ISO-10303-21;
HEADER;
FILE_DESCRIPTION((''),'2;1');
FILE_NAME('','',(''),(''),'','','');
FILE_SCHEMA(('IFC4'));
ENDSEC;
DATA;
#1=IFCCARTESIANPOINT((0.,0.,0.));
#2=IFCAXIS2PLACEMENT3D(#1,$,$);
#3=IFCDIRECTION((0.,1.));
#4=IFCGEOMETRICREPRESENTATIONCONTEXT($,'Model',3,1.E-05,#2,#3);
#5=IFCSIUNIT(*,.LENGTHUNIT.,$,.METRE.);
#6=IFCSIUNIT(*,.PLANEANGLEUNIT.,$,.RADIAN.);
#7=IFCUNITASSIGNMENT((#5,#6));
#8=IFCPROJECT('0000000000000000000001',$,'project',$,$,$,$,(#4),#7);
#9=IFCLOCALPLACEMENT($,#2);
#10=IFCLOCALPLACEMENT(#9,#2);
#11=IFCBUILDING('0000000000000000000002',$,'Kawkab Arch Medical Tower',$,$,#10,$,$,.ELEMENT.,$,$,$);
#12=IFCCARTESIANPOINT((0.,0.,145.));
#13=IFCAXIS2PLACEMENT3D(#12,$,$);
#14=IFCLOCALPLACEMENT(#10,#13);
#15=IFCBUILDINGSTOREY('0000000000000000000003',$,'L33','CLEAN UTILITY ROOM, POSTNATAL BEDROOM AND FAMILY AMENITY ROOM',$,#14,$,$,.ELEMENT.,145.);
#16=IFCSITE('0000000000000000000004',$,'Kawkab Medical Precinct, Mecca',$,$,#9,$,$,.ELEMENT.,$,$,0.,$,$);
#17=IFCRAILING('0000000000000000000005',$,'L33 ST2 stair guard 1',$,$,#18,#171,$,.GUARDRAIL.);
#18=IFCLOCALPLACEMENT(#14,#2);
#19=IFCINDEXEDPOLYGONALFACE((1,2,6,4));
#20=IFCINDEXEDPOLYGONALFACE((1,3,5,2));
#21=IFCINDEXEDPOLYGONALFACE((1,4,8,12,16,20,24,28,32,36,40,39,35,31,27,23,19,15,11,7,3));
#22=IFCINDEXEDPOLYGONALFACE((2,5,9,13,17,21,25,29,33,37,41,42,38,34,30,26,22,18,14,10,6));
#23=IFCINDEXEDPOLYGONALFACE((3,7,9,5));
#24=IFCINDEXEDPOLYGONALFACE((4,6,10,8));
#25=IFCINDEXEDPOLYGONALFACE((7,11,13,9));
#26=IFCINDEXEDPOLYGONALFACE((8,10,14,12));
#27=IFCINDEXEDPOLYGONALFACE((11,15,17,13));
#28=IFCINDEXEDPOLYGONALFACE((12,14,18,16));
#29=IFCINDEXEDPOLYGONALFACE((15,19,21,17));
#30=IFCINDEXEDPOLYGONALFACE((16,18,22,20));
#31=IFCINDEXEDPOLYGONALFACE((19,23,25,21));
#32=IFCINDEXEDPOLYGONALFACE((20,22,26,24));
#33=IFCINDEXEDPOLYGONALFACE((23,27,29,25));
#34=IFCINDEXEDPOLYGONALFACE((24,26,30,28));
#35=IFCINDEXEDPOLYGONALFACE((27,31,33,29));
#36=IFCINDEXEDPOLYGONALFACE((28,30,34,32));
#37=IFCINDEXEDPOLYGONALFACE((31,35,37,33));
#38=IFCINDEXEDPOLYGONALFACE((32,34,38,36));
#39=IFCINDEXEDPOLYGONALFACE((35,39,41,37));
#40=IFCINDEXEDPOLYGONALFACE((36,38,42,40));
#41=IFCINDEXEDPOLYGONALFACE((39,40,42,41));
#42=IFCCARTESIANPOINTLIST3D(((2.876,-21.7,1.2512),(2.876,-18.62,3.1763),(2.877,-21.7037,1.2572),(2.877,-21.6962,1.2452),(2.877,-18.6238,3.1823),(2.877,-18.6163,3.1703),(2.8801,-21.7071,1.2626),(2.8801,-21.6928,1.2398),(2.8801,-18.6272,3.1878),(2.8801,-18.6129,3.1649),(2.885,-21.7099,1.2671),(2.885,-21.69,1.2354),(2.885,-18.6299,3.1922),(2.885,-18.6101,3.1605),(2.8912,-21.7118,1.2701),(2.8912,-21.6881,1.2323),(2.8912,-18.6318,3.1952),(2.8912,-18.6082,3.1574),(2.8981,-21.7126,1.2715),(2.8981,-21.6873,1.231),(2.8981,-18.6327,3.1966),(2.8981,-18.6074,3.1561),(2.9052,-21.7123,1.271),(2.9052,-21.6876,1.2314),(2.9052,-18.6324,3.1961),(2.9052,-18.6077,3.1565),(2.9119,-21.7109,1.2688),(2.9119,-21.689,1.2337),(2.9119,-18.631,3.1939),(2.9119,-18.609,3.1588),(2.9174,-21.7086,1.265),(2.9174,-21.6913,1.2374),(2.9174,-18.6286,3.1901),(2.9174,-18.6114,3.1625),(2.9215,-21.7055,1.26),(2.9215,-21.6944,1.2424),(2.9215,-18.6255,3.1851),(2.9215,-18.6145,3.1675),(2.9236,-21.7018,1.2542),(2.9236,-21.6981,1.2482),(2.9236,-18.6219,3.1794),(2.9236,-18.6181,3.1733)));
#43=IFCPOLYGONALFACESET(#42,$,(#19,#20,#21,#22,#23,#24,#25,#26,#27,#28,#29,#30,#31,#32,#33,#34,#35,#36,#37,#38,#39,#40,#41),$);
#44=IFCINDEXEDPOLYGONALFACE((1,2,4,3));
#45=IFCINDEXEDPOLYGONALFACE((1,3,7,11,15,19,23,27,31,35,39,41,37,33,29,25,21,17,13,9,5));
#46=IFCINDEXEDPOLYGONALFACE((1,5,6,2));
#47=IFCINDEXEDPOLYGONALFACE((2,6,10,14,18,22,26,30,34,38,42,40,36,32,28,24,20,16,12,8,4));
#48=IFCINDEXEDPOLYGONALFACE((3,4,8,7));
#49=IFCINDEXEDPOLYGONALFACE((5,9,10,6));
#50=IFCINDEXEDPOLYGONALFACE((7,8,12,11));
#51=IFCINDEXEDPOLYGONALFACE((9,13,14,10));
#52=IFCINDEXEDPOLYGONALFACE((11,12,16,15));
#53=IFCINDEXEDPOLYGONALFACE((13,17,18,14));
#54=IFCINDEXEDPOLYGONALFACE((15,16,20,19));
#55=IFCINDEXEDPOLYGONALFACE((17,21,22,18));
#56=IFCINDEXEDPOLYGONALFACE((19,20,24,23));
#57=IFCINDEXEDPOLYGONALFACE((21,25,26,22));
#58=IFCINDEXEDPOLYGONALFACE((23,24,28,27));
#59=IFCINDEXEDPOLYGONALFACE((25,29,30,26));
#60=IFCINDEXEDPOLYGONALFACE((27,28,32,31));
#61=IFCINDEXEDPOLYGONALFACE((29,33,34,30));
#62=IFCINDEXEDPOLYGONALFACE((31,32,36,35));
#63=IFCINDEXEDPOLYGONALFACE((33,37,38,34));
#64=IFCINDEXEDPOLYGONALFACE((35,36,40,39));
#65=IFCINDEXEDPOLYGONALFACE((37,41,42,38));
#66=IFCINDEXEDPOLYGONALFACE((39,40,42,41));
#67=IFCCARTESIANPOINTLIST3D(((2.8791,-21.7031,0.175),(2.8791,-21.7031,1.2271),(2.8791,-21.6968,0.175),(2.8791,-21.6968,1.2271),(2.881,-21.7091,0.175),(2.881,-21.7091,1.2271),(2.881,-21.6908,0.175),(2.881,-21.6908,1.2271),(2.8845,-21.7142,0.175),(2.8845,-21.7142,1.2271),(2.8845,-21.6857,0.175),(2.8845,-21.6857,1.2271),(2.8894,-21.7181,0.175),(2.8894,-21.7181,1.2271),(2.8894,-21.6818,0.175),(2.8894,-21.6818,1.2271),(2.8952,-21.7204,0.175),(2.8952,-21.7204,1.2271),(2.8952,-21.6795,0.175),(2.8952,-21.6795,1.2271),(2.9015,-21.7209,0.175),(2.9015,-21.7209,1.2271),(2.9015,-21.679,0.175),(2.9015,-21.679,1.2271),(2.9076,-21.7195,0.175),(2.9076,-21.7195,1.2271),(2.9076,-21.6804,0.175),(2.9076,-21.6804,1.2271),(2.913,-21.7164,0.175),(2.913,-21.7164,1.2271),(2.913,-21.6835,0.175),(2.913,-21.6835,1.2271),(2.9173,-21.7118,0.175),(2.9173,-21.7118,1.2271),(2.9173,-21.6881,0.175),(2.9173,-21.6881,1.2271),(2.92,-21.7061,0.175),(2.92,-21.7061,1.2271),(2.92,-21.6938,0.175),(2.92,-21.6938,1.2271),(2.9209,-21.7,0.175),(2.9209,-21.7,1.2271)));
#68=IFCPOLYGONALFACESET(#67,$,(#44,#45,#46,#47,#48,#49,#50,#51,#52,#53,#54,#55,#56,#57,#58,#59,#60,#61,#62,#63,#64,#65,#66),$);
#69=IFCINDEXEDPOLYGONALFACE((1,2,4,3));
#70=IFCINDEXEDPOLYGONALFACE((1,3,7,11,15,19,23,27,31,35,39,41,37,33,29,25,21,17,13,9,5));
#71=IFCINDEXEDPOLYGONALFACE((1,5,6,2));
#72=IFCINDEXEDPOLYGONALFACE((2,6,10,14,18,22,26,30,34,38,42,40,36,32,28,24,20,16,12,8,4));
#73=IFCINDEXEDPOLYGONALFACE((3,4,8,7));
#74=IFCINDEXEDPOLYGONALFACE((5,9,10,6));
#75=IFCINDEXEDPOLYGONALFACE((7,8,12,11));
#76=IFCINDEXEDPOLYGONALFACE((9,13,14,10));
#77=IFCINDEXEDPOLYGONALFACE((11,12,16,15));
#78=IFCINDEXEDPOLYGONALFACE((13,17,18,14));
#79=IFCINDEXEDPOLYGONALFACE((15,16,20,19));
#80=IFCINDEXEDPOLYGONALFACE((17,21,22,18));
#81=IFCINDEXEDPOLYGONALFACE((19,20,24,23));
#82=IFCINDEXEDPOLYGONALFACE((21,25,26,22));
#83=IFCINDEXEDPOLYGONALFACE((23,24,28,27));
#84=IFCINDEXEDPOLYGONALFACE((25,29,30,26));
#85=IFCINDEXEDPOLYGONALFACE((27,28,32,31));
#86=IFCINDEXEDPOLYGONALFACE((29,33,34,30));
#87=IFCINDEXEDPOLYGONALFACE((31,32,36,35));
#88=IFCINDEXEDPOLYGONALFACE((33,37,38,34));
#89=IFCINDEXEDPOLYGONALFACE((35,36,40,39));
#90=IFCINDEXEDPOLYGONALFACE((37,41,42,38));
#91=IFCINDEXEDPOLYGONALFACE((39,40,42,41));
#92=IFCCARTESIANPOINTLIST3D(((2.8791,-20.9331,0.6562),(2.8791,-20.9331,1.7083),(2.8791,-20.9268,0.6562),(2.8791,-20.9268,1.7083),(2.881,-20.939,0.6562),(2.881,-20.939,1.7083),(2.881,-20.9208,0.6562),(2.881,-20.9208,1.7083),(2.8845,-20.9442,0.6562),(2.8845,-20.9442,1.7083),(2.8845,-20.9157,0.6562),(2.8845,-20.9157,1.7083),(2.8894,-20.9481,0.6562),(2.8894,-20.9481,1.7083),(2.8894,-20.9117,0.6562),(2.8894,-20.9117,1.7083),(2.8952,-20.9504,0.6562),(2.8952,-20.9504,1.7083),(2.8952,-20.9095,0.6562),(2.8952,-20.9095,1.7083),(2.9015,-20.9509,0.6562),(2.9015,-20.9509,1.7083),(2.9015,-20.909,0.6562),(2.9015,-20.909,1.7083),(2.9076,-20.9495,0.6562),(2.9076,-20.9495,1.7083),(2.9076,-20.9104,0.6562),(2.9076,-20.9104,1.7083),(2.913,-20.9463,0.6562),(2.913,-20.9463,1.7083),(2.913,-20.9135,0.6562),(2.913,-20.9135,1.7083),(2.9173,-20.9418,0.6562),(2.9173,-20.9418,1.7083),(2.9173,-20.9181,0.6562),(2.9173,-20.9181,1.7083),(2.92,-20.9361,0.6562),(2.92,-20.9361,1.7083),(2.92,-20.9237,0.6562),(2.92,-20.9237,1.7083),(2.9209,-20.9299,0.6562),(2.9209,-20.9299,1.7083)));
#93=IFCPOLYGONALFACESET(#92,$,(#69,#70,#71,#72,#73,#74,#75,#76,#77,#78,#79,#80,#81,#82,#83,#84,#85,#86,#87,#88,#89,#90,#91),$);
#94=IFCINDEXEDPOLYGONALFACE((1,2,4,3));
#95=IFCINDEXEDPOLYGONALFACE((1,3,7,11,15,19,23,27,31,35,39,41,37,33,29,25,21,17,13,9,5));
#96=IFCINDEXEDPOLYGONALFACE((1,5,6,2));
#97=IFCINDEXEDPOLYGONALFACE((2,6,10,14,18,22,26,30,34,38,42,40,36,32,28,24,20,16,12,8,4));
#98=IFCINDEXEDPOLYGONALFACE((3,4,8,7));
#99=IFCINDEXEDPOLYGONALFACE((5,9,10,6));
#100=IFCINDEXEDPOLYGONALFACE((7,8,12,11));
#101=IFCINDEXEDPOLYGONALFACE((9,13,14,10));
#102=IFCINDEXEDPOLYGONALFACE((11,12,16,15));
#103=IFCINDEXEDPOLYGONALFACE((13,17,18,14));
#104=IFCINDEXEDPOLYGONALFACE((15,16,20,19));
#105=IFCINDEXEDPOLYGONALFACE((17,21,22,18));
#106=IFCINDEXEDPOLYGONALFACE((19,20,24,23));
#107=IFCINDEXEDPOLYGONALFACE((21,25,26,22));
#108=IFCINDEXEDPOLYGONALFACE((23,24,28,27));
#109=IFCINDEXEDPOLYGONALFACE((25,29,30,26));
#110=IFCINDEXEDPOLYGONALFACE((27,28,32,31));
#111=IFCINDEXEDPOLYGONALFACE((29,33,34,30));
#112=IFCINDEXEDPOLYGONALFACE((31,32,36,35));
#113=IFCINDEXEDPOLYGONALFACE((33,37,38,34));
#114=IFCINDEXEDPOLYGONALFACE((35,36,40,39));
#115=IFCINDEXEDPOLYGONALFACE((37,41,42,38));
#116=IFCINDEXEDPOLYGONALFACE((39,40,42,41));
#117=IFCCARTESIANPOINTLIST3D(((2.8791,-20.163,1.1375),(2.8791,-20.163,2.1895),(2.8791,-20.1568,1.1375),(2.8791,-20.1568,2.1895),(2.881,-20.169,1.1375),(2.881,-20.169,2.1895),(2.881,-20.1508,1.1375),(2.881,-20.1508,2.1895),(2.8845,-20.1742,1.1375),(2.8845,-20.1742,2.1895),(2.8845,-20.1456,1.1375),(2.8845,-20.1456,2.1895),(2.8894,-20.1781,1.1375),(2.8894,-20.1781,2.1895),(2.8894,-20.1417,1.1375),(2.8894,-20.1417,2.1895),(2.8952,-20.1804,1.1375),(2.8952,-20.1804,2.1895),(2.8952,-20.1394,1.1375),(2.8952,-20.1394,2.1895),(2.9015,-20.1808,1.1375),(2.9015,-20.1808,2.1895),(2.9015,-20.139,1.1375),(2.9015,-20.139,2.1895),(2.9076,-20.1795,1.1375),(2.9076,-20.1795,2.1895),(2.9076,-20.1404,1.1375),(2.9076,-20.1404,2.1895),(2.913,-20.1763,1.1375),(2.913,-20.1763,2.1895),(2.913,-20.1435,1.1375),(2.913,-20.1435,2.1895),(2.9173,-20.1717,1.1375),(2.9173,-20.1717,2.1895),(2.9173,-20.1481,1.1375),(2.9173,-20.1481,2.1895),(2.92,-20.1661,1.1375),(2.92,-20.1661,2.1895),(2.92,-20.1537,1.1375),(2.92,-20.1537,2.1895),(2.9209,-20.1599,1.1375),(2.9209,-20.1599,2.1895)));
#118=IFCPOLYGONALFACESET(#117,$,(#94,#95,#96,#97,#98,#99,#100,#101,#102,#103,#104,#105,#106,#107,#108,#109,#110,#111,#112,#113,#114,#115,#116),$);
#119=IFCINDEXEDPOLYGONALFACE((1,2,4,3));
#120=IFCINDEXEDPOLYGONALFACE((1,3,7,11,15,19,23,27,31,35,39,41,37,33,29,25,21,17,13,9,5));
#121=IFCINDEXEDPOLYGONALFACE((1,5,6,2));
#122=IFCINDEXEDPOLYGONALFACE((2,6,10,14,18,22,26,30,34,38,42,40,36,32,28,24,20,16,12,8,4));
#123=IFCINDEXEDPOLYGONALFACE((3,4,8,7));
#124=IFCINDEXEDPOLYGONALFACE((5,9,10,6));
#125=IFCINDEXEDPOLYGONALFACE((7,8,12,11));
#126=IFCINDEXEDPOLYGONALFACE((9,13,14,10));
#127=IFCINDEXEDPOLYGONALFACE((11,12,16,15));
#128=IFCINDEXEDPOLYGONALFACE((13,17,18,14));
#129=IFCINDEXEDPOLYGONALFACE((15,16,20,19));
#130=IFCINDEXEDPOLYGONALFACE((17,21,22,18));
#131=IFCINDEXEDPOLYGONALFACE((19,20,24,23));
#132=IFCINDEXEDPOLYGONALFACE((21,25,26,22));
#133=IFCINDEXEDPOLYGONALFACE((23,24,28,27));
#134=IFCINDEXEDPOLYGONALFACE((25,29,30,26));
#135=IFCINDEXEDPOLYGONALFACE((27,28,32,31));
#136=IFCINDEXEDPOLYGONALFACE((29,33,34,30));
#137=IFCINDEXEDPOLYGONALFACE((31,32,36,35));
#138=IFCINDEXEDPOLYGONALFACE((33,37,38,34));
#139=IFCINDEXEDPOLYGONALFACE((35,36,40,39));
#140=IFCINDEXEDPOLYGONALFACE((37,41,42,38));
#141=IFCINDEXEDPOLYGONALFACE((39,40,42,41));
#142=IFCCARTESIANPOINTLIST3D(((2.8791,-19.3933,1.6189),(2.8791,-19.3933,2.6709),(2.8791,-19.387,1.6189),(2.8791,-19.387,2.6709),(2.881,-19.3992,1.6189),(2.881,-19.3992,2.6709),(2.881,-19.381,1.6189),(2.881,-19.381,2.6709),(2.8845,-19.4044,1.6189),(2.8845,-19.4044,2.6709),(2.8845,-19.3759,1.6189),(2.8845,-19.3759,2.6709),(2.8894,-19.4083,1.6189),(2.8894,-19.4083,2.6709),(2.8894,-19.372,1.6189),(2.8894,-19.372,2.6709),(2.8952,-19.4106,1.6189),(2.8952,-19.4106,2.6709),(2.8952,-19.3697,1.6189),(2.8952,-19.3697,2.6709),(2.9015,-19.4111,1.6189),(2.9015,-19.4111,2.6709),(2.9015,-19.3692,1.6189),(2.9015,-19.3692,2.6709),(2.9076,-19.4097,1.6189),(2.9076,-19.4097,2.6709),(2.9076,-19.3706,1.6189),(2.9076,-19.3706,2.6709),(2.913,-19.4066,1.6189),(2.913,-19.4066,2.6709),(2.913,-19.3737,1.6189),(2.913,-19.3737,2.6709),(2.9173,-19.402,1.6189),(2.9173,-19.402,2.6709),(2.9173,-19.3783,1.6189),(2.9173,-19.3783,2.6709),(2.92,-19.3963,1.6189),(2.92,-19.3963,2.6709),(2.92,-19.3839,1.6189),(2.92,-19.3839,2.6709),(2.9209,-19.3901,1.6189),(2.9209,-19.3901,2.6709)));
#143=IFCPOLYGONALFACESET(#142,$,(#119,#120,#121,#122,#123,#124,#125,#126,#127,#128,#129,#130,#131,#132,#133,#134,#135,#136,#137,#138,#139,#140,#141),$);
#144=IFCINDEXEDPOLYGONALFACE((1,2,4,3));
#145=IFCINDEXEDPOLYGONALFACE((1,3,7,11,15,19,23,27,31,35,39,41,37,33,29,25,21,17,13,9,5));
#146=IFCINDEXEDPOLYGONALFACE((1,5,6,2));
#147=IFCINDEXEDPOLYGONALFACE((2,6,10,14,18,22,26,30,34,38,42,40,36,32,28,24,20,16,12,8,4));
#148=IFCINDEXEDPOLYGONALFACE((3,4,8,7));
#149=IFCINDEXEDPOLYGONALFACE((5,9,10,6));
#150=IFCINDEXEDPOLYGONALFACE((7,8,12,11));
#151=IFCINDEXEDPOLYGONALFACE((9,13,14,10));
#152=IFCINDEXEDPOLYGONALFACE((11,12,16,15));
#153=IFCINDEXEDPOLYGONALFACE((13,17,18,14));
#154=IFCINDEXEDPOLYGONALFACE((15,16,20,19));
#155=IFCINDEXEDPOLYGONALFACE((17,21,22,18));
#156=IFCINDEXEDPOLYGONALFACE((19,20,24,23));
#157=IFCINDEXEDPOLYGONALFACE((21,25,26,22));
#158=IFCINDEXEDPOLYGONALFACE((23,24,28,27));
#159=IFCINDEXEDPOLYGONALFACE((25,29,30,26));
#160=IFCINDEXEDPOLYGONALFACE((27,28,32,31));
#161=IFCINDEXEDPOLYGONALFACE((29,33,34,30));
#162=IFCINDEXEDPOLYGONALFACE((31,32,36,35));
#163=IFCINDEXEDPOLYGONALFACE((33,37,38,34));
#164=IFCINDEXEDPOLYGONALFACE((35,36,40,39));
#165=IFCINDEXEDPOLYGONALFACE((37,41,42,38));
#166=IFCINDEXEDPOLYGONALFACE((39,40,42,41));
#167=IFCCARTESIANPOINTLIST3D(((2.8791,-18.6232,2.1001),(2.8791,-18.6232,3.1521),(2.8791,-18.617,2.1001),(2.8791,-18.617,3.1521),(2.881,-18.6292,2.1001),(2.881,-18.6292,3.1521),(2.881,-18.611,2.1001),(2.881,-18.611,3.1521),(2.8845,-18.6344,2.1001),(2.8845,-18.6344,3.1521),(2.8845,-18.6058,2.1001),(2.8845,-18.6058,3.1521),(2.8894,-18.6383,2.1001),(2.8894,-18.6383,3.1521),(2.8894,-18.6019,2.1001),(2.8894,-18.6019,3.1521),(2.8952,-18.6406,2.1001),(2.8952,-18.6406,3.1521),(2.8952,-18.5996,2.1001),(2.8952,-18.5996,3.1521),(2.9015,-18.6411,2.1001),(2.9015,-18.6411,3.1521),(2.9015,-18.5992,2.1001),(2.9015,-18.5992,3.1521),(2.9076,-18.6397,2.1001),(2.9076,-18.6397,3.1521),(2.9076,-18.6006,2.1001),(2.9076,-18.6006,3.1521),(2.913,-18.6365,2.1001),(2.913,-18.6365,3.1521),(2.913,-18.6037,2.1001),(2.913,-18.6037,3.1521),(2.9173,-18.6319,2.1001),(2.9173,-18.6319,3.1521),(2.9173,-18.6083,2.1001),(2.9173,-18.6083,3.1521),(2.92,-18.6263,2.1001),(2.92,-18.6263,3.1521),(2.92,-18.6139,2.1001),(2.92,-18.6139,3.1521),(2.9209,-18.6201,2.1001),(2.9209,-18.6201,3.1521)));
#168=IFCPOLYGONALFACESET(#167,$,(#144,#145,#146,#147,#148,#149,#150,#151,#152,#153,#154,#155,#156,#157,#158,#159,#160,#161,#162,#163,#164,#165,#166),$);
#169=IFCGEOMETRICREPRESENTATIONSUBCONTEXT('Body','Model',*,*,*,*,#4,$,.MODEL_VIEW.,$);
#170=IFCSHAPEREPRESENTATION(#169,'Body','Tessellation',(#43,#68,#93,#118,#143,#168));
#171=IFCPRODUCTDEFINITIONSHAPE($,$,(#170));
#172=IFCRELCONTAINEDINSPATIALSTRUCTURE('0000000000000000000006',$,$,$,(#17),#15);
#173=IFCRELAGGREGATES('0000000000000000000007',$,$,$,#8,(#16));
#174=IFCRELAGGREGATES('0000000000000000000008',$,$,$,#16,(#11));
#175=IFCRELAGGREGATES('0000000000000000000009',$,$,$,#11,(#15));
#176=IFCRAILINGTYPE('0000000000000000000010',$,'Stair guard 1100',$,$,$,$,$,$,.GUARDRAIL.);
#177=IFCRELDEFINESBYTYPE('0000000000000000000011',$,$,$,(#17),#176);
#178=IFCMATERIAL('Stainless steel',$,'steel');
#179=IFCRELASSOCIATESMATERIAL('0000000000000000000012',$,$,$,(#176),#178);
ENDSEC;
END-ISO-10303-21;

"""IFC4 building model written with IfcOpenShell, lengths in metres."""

from ifc_helpers import new_model, si_unit, direction, frame, origin, origin_2d, place, context, subcontext, project, spatial, circle, extrude, material, type_object, element, save


model = new_model("IFC4")

# Units and contexts
model_context = context("Model", 3, precision=1e-05, world=origin(), true_north=direction((0.0, 1.0)))
body_context = subcontext(model_context, "Body", "Model", "MODEL_VIEW")
ifc_project = project(units=[si_unit("LENGTHUNIT", "METRE"), si_unit("PLANEANGLEUNIT", "RADIAN")], contexts=[model_context])

# Site, building, storey
site_placement = place(None, origin())
site = spatial("IfcSite", under=ifc_project, at=site_placement, Name="Kawkab Medical Precinct, Mecca", CompositionType="ELEMENT", RefElevation=0.0)
building_placement = place(site_placement, origin())
building = spatial("IfcBuilding", under=site, at=building_placement, Name="Kawkab Arch Medical Tower", CompositionType="ELEMENT")
storey_placement = place(building_placement, frame((0.0, 0.0, 145.0)))
storey = spatial("IfcBuildingStorey", under=building, at=storey_placement, Name="L33", Description="CLEAN UTILITY ROOM, POSTNATAL BEDROOM AND FAMILY AMENITY ROOM", CompositionType="ELEMENT", Elevation=145.0)

# Railing
ifc_material_1 = material(Name="Stainless steel", Category="steel")
railing_type = type_object("IfcRailingType", Name="Stair guard 1100", PredefinedType="GUARDRAIL", material=ifc_material_1)
railing_1_placement = place(storey_placement, frame((2.8999, -21.7, 0.175)))
element("IfcRailing", 1, at=railing_1_placement, inside=storey, type_object=railing_type, Name="L33 ST2 stair guard 1", PredefinedType="GUARDRAIL", context=body_context, shape_type="SweptSolid", body=[
    extrude(circle(Radius=0.0239, at=origin_2d()), frame((0.0, 0.0, 1.0762), z_axis=(0.0, 0.847979, 0.530029), x_axis=(-1.0, 0.0, 0.0)), (0.0, 0.0, 1.0), 3.6321),
    extrude(circle(Radius=0.021, at=origin_2d()), origin(), (0.0, 0.0, 1.0), 1.052),
    extrude(circle(Radius=0.021, at=origin_2d()), frame((0.0, 0.77, 0.4812)), (0.0, 0.0, 1.0), 1.052),
    extrude(circle(Radius=0.021, at=origin_2d()), frame((0.0, 1.54, 0.9624)), (0.0, 0.0, 1.0), 1.052),
    extrude(circle(Radius=0.021, at=origin_2d()), frame((0.0, 2.3098, 1.4438)), (0.0, 0.0, 1.0), 1.052),
    extrude(circle(Radius=0.021, at=origin_2d()), frame((0.0, 3.0798, 1.925)), (0.0, 0.0, 1.0), 1.052),
])

save(model, "model.ifc")
